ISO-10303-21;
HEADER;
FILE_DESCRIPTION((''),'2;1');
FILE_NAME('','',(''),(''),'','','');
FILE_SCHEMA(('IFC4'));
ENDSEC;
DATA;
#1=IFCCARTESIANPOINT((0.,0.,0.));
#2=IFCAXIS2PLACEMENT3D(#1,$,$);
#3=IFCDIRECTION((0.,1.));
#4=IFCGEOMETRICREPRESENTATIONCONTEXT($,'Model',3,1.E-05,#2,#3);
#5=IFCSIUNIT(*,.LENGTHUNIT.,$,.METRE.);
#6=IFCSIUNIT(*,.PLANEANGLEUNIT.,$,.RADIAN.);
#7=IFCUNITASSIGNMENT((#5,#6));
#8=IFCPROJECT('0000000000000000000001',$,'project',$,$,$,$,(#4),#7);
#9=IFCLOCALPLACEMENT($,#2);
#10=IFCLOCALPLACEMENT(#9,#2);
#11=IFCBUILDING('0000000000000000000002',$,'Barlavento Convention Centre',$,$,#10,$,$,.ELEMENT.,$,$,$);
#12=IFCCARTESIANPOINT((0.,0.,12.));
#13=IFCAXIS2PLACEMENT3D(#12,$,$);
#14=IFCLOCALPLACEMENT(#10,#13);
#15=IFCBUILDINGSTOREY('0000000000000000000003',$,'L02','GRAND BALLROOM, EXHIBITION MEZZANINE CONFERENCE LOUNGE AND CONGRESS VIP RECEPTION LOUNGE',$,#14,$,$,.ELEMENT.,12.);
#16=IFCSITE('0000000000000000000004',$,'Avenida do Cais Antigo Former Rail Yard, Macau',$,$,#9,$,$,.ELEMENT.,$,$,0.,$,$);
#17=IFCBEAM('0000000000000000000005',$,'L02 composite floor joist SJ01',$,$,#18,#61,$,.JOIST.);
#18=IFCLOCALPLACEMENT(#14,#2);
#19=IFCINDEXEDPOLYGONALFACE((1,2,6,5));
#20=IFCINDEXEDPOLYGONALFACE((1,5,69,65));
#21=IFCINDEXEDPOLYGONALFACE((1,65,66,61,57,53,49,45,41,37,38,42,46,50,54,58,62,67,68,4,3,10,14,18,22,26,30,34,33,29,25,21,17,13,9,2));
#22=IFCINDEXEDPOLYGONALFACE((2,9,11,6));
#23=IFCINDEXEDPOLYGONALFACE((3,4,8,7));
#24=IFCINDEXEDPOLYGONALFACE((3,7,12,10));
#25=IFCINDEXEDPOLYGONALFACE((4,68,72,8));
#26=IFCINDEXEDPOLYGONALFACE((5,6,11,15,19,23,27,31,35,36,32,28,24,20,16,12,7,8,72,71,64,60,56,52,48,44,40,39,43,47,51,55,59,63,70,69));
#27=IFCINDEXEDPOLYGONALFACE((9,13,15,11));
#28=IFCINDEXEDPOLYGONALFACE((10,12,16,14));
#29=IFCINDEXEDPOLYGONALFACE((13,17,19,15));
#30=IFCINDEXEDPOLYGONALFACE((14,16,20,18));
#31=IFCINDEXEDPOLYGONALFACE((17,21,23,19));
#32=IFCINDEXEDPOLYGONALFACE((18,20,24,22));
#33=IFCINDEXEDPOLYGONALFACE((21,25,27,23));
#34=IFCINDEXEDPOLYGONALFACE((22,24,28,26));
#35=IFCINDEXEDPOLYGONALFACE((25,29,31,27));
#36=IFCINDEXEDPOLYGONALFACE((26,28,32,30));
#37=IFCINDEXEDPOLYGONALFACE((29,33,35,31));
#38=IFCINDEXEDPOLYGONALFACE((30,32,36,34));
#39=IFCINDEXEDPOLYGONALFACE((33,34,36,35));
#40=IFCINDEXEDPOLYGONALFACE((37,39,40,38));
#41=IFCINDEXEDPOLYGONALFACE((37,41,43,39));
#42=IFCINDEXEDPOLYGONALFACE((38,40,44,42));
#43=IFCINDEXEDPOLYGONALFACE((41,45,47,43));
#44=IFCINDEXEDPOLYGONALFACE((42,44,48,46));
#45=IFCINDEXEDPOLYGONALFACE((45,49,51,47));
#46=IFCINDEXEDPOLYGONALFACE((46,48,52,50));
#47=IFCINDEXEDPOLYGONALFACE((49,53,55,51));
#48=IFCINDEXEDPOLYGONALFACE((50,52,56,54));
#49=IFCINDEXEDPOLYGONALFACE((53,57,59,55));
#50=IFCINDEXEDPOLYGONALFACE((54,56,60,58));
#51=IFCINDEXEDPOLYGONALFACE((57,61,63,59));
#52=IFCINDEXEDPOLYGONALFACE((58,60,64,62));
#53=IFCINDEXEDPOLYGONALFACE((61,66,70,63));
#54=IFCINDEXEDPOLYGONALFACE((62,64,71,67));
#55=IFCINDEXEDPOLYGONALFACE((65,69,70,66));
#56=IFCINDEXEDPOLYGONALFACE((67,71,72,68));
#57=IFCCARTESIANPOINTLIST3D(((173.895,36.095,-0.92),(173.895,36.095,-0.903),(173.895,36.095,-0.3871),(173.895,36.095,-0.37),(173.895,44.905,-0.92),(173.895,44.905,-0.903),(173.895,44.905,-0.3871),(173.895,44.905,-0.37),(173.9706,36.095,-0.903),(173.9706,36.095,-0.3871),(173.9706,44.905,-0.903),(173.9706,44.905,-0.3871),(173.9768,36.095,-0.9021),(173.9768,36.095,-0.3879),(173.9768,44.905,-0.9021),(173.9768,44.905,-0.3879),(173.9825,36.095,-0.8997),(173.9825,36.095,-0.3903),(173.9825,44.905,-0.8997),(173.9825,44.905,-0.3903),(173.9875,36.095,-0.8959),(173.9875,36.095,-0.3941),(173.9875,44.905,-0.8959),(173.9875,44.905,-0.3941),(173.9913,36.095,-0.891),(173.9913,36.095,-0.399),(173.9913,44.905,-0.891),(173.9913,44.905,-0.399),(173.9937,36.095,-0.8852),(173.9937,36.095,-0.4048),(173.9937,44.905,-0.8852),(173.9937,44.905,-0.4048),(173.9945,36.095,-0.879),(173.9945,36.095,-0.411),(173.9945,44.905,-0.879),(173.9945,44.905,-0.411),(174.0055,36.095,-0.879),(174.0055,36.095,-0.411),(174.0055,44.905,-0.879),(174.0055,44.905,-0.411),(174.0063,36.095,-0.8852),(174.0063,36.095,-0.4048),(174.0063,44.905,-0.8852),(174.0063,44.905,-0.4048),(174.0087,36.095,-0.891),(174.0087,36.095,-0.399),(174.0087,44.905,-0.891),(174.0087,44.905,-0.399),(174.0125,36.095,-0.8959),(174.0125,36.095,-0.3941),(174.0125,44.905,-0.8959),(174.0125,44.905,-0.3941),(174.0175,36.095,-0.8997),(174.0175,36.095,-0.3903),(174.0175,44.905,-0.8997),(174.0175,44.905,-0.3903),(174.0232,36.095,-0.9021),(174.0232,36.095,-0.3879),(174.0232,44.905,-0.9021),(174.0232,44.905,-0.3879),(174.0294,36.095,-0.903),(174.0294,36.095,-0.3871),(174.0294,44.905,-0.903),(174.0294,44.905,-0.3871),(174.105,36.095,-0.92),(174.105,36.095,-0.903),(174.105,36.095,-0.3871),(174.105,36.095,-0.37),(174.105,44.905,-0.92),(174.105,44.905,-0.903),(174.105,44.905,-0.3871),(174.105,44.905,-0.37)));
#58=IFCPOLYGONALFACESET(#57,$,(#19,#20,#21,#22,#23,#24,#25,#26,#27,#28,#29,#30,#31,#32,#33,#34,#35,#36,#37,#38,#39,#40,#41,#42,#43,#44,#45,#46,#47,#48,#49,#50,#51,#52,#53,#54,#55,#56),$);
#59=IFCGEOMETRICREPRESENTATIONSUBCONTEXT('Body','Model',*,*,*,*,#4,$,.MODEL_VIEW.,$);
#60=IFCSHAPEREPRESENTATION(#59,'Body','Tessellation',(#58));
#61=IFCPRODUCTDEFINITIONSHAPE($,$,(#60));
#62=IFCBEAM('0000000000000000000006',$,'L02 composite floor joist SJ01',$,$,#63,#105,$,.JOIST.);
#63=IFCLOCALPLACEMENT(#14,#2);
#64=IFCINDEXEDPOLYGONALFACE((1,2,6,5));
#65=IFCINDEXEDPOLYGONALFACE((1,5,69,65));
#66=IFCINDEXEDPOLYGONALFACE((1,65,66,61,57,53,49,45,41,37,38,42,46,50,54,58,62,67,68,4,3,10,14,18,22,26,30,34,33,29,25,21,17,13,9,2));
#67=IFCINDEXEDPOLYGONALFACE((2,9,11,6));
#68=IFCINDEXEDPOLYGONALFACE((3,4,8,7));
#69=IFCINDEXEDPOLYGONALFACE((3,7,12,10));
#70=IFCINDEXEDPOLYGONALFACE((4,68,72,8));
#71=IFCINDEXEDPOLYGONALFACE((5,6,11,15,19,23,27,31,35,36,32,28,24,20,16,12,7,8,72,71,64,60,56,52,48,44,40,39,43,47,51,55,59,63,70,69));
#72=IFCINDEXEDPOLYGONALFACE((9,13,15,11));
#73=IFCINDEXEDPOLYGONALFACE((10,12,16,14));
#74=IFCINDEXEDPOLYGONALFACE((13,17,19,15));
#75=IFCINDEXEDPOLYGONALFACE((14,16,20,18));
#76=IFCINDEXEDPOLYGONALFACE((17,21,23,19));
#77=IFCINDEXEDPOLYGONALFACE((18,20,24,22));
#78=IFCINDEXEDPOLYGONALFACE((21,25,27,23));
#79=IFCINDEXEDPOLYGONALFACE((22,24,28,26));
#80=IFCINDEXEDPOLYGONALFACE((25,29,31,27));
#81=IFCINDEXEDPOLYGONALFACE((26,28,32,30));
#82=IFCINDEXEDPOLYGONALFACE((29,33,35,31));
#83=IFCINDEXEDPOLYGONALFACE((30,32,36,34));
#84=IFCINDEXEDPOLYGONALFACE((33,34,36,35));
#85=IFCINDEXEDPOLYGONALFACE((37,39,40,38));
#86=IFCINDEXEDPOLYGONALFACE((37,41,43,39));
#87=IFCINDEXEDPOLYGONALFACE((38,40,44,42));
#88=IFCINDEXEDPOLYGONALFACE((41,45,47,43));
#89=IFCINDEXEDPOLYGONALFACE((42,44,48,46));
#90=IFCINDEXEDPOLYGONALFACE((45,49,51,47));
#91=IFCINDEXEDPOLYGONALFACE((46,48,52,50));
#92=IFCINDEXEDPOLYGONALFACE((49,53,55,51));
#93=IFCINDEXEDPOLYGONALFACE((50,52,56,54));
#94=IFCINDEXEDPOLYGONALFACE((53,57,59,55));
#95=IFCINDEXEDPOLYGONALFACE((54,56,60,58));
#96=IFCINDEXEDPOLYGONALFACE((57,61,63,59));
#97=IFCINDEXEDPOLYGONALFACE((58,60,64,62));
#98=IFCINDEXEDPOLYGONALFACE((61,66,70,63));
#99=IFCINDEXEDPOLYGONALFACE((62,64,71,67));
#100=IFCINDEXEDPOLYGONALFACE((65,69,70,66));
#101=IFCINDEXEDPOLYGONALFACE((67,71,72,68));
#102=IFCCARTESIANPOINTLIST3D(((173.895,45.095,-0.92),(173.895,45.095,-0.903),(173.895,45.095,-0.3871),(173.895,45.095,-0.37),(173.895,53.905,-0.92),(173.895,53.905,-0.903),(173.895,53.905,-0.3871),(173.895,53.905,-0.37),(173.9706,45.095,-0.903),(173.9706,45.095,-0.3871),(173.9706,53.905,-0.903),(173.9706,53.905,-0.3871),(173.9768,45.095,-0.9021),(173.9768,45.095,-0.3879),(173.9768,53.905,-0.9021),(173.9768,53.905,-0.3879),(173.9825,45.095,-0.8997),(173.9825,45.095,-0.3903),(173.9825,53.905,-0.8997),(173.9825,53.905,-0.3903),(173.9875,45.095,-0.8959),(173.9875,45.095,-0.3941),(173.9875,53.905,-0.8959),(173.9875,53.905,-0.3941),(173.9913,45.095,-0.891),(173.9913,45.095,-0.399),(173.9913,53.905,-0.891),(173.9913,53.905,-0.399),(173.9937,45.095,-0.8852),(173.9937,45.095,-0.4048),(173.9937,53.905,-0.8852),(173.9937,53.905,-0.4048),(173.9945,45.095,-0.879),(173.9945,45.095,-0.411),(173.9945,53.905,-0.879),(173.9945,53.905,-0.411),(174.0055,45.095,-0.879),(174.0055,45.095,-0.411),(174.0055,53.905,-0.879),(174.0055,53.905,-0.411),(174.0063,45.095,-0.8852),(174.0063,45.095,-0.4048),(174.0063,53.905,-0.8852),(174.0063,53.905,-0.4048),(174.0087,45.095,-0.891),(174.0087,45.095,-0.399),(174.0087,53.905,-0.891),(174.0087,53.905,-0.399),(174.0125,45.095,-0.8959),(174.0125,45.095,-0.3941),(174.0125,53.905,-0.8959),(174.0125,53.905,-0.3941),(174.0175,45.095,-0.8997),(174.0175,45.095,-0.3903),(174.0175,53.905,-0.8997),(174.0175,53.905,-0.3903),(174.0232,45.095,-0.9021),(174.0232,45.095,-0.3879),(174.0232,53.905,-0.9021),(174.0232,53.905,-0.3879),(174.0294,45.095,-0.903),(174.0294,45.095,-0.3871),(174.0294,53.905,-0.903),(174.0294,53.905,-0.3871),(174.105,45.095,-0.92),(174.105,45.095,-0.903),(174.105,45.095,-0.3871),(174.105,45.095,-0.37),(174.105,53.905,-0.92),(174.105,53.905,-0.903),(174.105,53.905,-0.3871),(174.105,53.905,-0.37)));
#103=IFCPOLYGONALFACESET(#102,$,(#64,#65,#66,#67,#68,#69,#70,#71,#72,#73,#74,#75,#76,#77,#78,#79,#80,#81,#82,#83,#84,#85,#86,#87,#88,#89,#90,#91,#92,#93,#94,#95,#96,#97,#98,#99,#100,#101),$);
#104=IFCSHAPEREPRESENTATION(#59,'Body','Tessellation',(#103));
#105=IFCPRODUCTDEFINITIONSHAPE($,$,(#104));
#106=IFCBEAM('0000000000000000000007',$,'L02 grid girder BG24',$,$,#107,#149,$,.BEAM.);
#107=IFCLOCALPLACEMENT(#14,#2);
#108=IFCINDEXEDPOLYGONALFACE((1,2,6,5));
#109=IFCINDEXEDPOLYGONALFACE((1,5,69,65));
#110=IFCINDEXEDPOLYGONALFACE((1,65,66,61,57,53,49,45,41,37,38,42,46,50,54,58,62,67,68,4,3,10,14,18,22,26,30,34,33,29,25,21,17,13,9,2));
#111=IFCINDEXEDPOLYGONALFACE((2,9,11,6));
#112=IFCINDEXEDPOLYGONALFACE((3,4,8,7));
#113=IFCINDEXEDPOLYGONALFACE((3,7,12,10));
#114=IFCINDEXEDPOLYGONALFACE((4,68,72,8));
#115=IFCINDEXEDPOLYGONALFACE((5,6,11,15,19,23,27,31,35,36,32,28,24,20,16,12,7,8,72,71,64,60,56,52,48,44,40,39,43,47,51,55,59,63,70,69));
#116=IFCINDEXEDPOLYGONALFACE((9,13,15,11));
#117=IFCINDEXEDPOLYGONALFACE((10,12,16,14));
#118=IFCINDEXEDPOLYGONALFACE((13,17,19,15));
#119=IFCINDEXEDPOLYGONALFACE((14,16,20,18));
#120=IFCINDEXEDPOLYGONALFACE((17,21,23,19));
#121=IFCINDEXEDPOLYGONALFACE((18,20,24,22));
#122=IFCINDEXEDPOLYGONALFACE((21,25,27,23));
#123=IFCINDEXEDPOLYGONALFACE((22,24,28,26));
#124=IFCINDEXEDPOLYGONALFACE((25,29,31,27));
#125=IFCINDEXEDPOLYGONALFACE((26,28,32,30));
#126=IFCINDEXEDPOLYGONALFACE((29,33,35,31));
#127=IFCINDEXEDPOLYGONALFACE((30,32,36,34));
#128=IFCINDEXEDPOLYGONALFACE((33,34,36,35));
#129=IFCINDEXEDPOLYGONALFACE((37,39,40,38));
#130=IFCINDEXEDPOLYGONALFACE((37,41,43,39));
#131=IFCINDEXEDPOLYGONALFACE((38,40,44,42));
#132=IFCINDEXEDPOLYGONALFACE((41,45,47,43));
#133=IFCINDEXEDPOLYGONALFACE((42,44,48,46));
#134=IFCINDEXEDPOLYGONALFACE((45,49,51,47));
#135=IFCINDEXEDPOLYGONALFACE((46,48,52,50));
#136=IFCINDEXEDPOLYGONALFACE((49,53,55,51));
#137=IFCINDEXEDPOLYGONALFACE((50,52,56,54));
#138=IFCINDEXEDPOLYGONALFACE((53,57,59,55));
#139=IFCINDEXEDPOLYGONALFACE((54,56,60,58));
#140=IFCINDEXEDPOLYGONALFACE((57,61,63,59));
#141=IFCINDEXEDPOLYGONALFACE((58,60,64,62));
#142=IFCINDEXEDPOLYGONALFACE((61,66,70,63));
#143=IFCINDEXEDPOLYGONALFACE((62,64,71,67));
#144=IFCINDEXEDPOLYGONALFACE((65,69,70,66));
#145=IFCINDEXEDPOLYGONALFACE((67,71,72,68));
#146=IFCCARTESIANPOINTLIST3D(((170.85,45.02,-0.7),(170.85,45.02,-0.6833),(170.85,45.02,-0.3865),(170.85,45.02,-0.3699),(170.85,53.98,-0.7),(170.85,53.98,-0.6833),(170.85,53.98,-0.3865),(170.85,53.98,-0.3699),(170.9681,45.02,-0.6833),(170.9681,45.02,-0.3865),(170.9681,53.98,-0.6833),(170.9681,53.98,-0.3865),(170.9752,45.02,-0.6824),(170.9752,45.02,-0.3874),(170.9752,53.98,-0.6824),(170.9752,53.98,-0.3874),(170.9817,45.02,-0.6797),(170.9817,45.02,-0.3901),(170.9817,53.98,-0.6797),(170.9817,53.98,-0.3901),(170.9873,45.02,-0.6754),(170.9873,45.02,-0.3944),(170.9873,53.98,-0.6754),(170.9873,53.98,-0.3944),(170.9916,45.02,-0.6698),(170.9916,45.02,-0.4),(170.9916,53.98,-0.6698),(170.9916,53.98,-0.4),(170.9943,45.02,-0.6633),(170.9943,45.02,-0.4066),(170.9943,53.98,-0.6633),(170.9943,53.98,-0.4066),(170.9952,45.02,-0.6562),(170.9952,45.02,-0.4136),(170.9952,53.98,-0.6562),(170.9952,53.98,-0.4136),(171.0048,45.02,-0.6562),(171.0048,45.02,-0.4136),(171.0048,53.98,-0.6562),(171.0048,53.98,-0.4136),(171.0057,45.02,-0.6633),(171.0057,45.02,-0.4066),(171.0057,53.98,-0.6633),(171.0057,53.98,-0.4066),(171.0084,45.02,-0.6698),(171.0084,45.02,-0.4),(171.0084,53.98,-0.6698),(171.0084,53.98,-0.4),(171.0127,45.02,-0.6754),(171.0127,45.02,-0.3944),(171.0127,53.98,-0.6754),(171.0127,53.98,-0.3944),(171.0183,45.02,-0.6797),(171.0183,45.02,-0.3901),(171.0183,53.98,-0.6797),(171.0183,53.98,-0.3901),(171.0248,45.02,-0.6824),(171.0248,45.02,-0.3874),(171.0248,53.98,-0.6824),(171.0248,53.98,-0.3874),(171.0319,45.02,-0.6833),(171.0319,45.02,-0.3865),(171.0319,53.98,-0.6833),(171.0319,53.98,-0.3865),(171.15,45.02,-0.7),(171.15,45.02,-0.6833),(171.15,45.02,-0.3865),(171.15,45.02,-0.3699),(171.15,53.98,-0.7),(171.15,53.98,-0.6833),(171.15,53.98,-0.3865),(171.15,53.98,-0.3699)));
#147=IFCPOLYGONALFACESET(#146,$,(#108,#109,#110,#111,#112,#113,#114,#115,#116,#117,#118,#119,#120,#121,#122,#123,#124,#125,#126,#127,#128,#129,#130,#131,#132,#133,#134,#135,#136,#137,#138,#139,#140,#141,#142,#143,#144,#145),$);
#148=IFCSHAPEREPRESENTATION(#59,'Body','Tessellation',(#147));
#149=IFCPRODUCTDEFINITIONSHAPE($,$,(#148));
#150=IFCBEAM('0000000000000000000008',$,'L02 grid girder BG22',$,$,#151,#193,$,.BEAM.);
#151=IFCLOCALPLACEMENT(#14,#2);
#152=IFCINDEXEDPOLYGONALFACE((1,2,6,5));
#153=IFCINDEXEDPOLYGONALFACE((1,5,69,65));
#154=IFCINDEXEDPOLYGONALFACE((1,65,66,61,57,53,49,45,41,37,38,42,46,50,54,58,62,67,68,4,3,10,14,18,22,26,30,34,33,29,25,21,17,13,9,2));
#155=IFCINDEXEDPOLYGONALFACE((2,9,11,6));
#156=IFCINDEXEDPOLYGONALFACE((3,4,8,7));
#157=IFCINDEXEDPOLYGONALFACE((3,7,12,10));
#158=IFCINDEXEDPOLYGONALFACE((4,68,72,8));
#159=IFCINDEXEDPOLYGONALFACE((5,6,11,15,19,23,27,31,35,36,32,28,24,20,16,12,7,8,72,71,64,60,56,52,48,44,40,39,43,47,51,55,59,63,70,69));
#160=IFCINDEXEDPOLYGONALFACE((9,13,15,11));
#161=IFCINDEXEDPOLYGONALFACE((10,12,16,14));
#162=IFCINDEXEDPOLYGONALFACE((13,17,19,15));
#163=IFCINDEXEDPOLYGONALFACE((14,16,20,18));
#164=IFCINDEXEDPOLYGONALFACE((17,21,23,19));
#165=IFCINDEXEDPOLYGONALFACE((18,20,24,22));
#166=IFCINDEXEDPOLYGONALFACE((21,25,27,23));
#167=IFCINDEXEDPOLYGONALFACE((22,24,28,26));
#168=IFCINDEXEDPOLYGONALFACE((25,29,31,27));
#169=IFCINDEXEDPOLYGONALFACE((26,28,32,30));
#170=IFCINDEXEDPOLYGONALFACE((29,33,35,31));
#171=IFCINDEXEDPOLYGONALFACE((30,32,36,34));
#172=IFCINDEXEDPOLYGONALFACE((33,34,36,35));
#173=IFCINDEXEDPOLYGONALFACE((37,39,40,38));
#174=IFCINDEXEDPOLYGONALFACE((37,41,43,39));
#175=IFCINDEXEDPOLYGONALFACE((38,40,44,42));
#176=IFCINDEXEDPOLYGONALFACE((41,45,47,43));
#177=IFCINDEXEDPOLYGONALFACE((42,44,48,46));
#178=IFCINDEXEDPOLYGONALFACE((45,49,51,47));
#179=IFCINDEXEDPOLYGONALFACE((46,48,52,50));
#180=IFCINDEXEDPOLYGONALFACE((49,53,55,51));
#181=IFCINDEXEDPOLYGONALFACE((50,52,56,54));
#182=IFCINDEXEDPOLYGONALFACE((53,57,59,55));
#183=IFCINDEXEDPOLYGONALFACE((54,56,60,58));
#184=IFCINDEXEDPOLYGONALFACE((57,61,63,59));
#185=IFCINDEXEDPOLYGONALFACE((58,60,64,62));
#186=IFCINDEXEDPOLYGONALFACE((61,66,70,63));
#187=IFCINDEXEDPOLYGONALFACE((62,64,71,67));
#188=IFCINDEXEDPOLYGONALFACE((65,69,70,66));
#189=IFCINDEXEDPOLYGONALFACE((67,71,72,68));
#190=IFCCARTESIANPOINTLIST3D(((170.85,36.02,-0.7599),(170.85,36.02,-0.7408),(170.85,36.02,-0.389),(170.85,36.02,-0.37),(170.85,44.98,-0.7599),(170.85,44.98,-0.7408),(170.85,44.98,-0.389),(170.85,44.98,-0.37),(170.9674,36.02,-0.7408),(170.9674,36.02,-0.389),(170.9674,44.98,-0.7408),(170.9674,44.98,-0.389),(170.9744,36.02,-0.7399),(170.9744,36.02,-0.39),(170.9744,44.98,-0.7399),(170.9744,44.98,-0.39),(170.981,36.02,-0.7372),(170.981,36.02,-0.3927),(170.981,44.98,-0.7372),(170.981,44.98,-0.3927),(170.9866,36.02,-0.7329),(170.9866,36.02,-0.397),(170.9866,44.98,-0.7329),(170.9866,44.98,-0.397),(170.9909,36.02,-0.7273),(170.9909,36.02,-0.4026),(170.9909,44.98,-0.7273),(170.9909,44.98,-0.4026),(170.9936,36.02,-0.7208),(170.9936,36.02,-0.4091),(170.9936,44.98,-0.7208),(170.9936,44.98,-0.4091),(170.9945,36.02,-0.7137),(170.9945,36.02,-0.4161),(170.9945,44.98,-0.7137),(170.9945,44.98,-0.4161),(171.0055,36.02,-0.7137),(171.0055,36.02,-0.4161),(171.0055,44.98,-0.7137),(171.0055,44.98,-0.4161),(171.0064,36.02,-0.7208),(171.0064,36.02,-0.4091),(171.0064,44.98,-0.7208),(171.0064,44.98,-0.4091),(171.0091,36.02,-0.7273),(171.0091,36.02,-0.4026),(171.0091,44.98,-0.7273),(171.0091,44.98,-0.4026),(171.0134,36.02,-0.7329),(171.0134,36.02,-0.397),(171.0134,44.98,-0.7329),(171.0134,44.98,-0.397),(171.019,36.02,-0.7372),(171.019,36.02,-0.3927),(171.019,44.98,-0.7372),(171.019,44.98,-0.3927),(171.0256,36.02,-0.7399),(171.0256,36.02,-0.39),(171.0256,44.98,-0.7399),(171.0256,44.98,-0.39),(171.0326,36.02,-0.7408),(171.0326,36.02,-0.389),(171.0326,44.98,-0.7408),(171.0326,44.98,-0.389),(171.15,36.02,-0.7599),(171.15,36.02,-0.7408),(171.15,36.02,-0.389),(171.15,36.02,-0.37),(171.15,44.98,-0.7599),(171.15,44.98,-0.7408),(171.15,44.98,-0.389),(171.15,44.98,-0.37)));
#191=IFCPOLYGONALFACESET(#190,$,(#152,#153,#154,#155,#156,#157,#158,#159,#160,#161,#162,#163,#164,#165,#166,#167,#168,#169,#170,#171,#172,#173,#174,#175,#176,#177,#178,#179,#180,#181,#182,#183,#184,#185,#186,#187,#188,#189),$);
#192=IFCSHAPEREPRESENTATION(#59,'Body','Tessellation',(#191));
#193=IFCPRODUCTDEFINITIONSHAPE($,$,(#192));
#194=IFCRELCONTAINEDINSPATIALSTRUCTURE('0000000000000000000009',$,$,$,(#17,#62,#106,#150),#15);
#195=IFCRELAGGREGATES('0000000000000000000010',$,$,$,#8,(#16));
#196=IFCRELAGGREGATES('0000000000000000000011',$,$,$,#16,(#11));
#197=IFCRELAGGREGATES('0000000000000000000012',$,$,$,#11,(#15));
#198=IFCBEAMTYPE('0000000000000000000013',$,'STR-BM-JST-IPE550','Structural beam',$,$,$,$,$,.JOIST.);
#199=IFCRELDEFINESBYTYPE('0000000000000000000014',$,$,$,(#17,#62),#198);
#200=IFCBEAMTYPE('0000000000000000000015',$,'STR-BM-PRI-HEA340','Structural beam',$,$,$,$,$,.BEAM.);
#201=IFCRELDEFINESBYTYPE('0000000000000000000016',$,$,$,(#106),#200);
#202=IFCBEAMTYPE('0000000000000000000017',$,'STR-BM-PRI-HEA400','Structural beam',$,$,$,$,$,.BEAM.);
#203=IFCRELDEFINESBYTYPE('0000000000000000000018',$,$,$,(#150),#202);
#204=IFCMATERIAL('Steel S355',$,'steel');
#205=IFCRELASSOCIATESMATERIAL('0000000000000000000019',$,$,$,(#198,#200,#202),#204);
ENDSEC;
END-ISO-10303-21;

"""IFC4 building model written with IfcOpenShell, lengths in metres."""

from ifc_helpers import new_model, si_unit, direction, frame, origin, origin_2d, place, context, subcontext, project, spatial, i_section, extrude, material, material_profile, profile_set, type_object, element, save


model = new_model("IFC4")

# Units and contexts
model_context = context("Model", 3, precision=1e-05, world=origin(), true_north=direction((0.0, 1.0)))
body_context = subcontext(model_context, "Body", "Model", "MODEL_VIEW")
ifc_project = project(units=[si_unit("LENGTHUNIT", "METRE"), si_unit("PLANEANGLEUNIT", "RADIAN")], contexts=[model_context])

# Site, building, storey
site_placement = place(None, origin())
site = spatial("IfcSite", under=ifc_project, at=site_placement, Name="Avenida do Cais Antigo Former Rail Yard, Macau", CompositionType="ELEMENT", RefElevation=0.0)
building_placement = place(site_placement, origin())
building = spatial("IfcBuilding", under=site, at=building_placement, Name="Barlavento Convention Centre", CompositionType="ELEMENT")
storey_placement = place(building_placement, frame((0.0, 0.0, 12.0)))
storey = spatial("IfcBuildingStorey", under=building, at=storey_placement, Name="L02", Description="GRAND BALLROOM, EXHIBITION MEZZANINE CONFERENCE LOUNGE AND CONGRESS VIP RECEPTION LOUNGE", CompositionType="ELEMENT", Elevation=12.0)

# Shared definitions
ifc_material_1 = material(Name="Steel S355", Category="steel")

# Beams
ifc_material_profile_1 = material_profile(ifc_material_1, i_section(OverallWidth=0.21, OverallDepth=0.55, WebThickness=0.011, FlangeThickness=0.0171, FilletRadius=0.0239, at=origin_2d()), Name="IPE 550")
ifc_profile_set_1 = profile_set([ifc_material_profile_1], Name="Steel S355")
beam_type_1 = type_object("IfcBeamType", Name="STR-BM-JST-IPE550", Description="Structural beam", PredefinedType="JOIST", material=ifc_profile_set_1)
for number, where, z_axis, x_axis, name in (
    (1, (174.0, 36.095, -0.645), (0.0, 1.0, 0.0), (-1.0, 0.0, 0.0), "L02 composite floor joist SJ01"),
    (2, (174.0, 45.095, -0.645), (0.0, 1.0, 0.0), (-1.0, 0.0, 0.0), "L02 composite floor joist SJ01"),
):
    element("IfcBeam", number, at=place(storey_placement, frame(where, z_axis=z_axis, x_axis=x_axis)), inside=storey, type_object=beam_type_1, Name=name, PredefinedType="JOIST", context=body_context, shape_type="SweptSolid", body=[
        extrude(i_section(OverallWidth=0.21, OverallDepth=0.55, WebThickness=0.011, FlangeThickness=0.0171, FilletRadius=0.0239, at=origin_2d()), origin(), (0.0, 0.0, 1.0), 8.8101),
    ])
ifc_material_profile_2 = material_profile(ifc_material_1, i_section(OverallWidth=0.3, OverallDepth=0.3301, WebThickness=0.0095, FlangeThickness=0.0166, FilletRadius=0.0271, at=origin_2d()), Name="HEA 340")
ifc_profile_set_2 = profile_set([ifc_material_profile_2], Name="Steel S355")
beam_type_2 = type_object("IfcBeamType", Name="STR-BM-PRI-HEA340", Description="Structural beam", PredefinedType="BEAM", material=ifc_profile_set_2)
beam_1_placement = place(storey_placement, frame((171.0, 45.02, -0.5349), z_axis=(0.0, 1.0, 0.0), x_axis=(-1.0, 0.0, 0.0)))
element("IfcBeam", 3, at=beam_1_placement, inside=storey, type_object=beam_type_2, Name="L02 grid girder BG24", PredefinedType="BEAM", context=body_context, shape_type="SweptSolid", body=[
    extrude(i_section(OverallWidth=0.3, OverallDepth=0.3301, WebThickness=0.0095, FlangeThickness=0.0166, FilletRadius=0.0271, at=origin_2d()), origin(), (0.0, 0.0, 1.0), 8.96),
])
ifc_material_profile_3 = material_profile(ifc_material_1, i_section(OverallWidth=0.3, OverallDepth=0.3899, WebThickness=0.011, FlangeThickness=0.019, FilletRadius=0.0271, at=origin_2d()), Name="HEA 400")
ifc_profile_set_3 = profile_set([ifc_material_profile_3], Name="Steel S355")
beam_type_3 = type_object("IfcBeamType", Name="STR-BM-PRI-HEA400", Description="Structural beam", PredefinedType="BEAM", material=ifc_profile_set_3)
beam_2_placement = place(storey_placement, frame((171.0, 36.02, -0.5649), z_axis=(0.0, 1.0, 0.0), x_axis=(-1.0, 0.0, 0.0)))
element("IfcBeam", 4, at=beam_2_placement, inside=storey, type_object=beam_type_3, Name="L02 grid girder BG22", PredefinedType="BEAM", context=body_context, shape_type="SweptSolid", body=[
    extrude(i_section(OverallWidth=0.3, OverallDepth=0.3899, WebThickness=0.011, FlangeThickness=0.019, FilletRadius=0.0271, at=origin_2d()), origin(), (0.0, 0.0, 1.0), 8.96),
])

save(model, "model.ifc")
